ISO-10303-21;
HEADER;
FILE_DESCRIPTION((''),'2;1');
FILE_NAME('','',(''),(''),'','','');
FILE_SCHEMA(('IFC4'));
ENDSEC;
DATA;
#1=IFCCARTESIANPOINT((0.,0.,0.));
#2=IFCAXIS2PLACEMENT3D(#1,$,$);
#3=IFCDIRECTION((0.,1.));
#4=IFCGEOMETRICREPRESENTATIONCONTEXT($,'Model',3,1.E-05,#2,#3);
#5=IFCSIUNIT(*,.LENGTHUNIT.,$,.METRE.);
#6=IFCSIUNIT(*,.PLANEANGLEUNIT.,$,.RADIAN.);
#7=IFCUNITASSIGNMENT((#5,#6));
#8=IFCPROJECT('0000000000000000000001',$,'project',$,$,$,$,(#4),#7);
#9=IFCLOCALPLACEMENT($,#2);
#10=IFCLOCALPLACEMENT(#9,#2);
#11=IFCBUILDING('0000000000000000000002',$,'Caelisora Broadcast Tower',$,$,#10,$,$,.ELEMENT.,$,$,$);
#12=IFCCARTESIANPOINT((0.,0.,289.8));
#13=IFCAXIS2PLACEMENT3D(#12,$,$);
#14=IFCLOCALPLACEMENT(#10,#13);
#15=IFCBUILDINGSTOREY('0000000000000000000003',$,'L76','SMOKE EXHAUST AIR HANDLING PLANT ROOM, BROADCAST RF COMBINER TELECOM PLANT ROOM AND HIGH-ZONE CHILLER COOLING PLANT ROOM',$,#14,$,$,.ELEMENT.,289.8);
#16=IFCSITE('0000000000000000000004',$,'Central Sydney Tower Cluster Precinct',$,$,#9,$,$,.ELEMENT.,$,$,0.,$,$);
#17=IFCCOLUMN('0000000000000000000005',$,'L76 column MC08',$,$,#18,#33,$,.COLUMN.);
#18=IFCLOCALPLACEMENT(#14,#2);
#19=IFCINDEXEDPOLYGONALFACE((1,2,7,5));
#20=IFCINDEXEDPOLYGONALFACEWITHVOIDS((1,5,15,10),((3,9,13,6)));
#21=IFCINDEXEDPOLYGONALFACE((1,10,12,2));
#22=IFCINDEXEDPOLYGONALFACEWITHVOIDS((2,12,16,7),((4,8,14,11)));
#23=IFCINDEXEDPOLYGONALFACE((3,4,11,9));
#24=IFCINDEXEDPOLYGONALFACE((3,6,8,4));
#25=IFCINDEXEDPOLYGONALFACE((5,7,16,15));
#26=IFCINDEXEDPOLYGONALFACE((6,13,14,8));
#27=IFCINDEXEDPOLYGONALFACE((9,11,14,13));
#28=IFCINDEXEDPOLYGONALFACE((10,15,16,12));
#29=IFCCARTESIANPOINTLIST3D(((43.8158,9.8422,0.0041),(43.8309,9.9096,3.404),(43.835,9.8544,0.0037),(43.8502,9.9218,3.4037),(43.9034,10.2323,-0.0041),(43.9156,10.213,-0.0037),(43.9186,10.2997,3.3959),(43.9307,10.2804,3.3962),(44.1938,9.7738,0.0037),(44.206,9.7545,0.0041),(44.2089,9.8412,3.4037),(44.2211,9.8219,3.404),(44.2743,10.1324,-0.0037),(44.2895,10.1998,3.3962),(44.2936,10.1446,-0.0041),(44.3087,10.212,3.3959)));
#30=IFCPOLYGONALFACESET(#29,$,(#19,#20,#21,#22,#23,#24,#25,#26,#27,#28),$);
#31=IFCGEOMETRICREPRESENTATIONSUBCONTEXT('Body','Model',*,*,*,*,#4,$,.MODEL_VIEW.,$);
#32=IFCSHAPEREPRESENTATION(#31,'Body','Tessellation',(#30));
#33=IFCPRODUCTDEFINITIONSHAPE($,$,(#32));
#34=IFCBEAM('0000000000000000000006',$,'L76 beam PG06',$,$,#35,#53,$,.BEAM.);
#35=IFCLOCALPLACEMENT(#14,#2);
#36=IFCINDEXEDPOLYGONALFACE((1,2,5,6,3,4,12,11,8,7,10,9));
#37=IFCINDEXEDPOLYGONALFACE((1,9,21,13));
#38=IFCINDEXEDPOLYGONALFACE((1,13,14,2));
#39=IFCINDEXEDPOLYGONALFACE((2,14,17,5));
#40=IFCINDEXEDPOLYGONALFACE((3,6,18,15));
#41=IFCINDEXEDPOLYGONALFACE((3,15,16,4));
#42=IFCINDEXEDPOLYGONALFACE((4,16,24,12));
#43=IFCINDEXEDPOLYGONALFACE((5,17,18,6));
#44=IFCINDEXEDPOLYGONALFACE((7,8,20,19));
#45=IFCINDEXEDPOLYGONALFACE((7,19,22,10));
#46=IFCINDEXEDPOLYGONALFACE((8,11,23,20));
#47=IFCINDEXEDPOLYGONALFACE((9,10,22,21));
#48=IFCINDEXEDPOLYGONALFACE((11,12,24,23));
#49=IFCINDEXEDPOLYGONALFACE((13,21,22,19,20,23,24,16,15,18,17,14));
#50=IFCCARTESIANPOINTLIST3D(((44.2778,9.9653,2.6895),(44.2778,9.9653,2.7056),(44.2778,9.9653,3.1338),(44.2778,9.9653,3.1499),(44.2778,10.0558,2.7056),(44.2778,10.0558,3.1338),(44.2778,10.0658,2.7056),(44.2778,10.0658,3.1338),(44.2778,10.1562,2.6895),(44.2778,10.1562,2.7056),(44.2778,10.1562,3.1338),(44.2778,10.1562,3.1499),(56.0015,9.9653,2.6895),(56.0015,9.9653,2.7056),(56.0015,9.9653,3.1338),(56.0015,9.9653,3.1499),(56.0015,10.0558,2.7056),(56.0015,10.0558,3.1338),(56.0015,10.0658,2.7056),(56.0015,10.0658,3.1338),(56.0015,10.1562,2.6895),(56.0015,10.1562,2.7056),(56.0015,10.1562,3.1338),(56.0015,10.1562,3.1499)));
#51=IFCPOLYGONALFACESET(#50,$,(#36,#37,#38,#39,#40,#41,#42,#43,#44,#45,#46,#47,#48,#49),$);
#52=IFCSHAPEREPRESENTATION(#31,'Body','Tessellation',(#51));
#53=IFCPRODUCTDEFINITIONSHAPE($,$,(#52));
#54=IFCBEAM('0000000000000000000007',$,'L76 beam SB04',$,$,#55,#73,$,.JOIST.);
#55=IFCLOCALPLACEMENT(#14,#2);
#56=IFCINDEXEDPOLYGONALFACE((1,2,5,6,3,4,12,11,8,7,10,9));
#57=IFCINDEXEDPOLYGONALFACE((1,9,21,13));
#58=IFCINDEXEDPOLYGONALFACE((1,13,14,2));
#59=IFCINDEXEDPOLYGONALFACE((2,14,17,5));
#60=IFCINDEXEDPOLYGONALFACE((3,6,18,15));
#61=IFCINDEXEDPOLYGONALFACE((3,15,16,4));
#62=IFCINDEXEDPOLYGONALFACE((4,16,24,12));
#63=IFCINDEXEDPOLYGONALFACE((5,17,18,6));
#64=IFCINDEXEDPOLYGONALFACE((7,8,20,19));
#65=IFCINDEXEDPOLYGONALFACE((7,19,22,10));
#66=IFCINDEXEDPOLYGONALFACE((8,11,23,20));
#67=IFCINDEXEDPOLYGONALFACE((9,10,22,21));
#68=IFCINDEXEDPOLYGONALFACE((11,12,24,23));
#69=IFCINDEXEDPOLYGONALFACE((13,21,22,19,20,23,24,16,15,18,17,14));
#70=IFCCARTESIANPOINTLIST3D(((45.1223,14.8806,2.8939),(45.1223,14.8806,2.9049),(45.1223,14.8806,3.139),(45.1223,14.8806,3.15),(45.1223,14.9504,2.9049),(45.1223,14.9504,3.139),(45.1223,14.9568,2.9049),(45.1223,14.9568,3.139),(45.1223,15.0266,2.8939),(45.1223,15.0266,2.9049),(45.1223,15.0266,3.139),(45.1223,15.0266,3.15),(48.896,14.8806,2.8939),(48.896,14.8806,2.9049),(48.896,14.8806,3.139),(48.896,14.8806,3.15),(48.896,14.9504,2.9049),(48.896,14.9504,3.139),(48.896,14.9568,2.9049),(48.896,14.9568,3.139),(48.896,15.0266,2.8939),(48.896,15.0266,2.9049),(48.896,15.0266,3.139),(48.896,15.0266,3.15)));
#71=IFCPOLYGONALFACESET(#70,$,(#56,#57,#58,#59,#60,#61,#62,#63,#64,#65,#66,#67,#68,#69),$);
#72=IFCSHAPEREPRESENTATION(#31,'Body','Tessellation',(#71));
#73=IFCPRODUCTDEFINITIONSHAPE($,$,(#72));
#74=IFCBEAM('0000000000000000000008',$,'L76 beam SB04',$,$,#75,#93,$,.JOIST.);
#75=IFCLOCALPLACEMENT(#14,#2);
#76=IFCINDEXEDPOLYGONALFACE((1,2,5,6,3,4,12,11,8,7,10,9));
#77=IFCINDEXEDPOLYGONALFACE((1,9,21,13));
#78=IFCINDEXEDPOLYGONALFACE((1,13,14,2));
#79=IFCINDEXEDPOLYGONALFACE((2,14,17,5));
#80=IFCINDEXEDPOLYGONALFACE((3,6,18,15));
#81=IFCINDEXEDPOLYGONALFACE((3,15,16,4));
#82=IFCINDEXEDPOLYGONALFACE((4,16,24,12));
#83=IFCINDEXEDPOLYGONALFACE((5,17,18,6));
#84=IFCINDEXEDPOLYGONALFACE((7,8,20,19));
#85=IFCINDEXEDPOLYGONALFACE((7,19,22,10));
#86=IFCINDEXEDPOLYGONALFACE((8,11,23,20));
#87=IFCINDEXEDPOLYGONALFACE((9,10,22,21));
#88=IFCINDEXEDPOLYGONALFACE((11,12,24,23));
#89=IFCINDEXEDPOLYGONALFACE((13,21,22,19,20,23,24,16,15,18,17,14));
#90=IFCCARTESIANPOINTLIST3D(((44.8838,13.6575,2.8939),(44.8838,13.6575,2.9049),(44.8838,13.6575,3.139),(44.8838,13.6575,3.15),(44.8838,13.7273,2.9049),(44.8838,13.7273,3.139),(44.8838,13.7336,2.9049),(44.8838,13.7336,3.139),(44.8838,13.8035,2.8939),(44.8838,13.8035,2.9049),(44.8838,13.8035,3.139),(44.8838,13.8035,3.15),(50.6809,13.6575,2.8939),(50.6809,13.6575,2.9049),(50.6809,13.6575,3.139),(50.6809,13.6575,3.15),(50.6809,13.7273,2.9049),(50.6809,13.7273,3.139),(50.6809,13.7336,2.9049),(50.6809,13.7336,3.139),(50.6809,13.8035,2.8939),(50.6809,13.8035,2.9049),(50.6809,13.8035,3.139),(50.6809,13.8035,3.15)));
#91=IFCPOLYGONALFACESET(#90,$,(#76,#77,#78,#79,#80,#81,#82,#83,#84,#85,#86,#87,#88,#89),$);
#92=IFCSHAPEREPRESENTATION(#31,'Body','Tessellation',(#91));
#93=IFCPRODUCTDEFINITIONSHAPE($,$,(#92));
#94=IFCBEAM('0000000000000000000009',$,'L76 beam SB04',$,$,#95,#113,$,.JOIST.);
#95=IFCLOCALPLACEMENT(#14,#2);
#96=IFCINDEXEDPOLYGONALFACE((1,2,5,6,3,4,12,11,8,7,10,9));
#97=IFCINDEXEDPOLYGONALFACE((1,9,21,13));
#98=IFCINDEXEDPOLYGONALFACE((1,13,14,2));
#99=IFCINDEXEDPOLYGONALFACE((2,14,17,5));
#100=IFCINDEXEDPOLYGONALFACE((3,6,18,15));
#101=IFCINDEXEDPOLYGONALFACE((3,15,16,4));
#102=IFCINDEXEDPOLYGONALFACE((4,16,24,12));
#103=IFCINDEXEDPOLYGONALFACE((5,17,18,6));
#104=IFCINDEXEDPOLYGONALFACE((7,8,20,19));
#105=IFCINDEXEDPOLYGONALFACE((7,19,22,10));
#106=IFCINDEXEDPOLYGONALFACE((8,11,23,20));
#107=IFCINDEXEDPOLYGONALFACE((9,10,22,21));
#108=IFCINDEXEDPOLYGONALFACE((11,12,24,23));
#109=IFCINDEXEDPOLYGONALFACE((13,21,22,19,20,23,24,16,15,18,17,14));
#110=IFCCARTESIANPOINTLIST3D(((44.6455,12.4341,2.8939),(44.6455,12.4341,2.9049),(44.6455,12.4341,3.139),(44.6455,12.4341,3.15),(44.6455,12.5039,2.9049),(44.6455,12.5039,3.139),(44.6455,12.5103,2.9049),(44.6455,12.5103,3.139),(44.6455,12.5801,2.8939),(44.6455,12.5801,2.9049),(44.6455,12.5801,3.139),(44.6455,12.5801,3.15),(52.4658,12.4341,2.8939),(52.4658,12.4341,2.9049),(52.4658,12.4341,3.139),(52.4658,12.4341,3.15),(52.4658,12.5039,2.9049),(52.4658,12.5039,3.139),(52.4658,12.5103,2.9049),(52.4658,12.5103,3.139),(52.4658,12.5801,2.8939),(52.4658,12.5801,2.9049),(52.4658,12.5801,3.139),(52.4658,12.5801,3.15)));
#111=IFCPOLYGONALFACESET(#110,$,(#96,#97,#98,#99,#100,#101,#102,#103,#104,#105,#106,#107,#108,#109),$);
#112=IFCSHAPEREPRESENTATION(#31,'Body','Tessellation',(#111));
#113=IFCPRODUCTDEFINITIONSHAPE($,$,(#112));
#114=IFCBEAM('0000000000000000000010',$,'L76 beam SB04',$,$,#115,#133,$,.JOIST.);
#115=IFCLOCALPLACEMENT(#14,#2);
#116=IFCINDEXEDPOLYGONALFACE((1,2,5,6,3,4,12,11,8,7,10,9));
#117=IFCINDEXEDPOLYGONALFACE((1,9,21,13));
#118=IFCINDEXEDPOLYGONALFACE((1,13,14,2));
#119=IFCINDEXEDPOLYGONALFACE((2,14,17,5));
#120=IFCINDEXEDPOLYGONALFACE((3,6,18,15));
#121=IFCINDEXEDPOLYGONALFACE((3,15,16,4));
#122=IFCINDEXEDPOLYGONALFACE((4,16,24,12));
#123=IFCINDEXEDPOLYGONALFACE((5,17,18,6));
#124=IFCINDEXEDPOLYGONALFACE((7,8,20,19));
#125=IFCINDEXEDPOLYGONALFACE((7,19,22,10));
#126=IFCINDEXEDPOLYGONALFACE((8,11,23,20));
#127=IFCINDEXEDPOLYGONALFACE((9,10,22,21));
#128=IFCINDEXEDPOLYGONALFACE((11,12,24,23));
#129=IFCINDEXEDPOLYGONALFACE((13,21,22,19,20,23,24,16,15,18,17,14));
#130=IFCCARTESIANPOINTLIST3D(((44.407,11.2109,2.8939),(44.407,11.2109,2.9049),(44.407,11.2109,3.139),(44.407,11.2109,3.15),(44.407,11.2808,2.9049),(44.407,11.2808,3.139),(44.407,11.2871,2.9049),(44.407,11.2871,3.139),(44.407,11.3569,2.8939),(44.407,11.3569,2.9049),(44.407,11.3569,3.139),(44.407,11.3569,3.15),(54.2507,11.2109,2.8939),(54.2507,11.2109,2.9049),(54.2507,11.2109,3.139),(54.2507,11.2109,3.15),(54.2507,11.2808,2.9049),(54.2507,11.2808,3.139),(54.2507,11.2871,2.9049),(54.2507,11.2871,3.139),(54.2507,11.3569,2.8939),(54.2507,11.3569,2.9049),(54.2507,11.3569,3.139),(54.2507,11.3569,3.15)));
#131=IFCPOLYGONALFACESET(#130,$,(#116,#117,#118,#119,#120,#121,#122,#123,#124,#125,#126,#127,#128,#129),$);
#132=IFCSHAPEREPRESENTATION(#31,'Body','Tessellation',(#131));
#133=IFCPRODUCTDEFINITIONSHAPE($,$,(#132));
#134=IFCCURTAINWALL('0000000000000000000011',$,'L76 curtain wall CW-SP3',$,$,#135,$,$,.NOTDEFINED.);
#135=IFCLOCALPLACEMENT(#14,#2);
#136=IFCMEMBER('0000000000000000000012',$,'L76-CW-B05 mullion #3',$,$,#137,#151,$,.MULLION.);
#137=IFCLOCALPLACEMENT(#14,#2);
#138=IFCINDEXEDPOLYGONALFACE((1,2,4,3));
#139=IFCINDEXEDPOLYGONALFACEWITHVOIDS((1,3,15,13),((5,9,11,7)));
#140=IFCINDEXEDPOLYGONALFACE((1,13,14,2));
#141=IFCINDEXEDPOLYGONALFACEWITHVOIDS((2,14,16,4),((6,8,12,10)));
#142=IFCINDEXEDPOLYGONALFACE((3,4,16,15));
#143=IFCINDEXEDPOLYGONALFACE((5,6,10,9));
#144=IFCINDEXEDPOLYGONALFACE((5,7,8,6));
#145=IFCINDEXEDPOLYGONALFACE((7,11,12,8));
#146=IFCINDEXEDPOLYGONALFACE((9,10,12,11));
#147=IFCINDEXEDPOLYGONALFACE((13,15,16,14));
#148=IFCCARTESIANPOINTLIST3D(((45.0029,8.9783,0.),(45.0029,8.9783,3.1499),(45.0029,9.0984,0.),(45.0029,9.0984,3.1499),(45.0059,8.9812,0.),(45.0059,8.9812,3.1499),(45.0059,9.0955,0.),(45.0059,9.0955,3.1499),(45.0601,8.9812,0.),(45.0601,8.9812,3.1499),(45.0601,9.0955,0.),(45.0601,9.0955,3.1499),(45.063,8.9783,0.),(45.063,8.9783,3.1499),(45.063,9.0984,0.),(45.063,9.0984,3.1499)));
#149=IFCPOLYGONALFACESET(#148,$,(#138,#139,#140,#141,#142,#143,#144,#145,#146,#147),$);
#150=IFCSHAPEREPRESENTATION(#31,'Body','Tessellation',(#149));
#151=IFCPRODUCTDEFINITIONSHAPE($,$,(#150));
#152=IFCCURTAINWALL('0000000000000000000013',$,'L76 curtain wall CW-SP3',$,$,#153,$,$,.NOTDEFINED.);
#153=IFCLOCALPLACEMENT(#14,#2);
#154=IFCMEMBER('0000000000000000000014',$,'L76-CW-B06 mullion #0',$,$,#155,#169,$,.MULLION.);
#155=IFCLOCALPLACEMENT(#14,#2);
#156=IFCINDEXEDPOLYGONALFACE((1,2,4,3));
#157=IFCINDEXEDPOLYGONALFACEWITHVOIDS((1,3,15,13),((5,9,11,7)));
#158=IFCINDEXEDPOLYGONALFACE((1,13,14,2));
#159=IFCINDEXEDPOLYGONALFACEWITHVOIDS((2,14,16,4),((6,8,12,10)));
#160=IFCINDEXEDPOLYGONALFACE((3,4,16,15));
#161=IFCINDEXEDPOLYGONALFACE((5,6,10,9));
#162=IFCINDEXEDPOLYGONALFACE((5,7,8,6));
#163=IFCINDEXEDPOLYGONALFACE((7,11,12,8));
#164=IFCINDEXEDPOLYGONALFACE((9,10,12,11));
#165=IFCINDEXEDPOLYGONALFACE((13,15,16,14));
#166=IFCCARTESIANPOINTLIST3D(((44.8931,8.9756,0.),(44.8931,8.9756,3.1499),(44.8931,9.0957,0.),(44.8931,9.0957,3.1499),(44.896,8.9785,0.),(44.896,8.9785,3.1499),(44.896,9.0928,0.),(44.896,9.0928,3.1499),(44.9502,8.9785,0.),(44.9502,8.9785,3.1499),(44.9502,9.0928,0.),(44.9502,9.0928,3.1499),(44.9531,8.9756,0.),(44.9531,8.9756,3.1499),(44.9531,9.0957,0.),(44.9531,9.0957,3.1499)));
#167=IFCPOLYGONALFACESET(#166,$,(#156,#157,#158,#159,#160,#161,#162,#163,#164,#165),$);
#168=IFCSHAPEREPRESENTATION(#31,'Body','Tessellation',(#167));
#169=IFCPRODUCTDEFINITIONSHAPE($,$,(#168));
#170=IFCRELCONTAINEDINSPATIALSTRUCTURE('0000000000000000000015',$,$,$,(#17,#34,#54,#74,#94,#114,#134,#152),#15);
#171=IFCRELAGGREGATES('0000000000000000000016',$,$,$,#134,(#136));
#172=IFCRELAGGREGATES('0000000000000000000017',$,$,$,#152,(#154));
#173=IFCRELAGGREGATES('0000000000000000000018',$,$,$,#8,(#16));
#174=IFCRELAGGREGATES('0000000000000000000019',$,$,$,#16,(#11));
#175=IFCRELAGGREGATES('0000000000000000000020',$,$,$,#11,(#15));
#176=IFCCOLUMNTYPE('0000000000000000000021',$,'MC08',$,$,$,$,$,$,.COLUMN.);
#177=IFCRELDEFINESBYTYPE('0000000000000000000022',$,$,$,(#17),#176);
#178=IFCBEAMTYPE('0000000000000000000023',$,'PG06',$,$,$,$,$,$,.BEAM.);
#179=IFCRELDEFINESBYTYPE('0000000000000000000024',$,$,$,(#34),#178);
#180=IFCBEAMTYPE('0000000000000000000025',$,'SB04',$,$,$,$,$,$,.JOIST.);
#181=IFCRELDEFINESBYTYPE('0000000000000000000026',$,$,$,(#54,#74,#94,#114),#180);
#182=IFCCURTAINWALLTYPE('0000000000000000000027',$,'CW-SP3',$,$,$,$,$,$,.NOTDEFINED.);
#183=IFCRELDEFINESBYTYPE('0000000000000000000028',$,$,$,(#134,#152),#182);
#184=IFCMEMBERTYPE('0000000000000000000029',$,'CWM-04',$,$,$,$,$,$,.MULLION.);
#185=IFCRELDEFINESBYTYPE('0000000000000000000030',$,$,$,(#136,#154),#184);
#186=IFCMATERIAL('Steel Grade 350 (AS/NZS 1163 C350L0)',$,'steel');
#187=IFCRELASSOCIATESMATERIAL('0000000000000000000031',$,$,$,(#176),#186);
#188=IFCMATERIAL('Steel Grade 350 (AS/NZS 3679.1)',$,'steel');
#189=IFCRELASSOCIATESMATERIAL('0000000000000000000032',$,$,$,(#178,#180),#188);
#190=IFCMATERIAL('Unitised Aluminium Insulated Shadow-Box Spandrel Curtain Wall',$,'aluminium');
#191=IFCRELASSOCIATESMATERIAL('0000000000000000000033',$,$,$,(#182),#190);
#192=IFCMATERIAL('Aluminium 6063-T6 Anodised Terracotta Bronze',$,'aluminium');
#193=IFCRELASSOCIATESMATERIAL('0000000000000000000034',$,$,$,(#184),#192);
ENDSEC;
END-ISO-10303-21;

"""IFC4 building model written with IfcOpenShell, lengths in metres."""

from ifc_helpers import new_model, si_unit, direction, frame, origin, origin_2d, place, context, subcontext, project, spatial, hollow_rectangle, i_section, extrude, source, transform, mapped, material, material_profile, profile_set, type_object, type_shapes, element, aggregate, save


model = new_model("IFC4")

# Units and contexts
model_context = context("Model", 3, precision=1e-05, world=origin(), true_north=direction((0.0, 1.0)))
body_context = subcontext(model_context, "Body", "Model", "MODEL_VIEW")
ifc_project = project(units=[si_unit("LENGTHUNIT", "METRE"), si_unit("PLANEANGLEUNIT", "RADIAN")], contexts=[model_context])

# Site, building, storey
site_placement = place(None, origin())
site = spatial("IfcSite", under=ifc_project, at=site_placement, Name="Central Sydney Tower Cluster Precinct", CompositionType="ELEMENT", RefElevation=0.0)
building_placement = place(site_placement, origin())
building = spatial("IfcBuilding", under=site, at=building_placement, Name="Caelisora Broadcast Tower", CompositionType="ELEMENT")
storey_placement = place(building_placement, frame((0.0, 0.0, 289.8)))
storey = spatial("IfcBuildingStorey", under=building, at=storey_placement, Name="L76", Description="SMOKE EXHAUST AIR HANDLING PLANT ROOM, BROADCAST RF COMBINER TELECOM PLANT ROOM AND HIGH-ZONE CHILLER COOLING PLANT ROOM", CompositionType="ELEMENT", Elevation=289.8)

# Column
ifc_material_1 = material(Name="Steel Grade 350 (AS/NZS 1163 C350L0)", Category="steel")
ifc_material_profile_1 = material_profile(ifc_material_1, hollow_rectangle(XDim=0.3999, YDim=0.3999, WallThickness=0.0161, at=origin_2d()), Name="Steel Grade 350 (AS/NZS 1163 C350L0)")
ifc_profile_set_1 = profile_set([ifc_material_profile_1], Name="Steel Grade 350 (AS/NZS 1163 C350L0)")
column_type = type_object("IfcColumnType", Name="MC08", PredefinedType="COLUMN", material=ifc_profile_set_1)
shared_shape_1 = source(origin(), body_context, "Body", "SweptSolid", [
    extrude(hollow_rectangle(XDim=0.3999, YDim=0.3999, WallThickness=0.0161, at=origin_2d()), origin(), (0.0, 0.0, 1.0), 3.4006),
])
type_shapes(column_type, [shared_shape_1])
column_placement = place(storey_placement, frame((44.0547, 9.9934, 0.0), z_axis=(0.004451, 0.019815, 0.999794), x_axis=(-0.975685, 0.219176, 0.0)))
element("IfcColumn", 1, at=column_placement, inside=storey, type_object=column_type, Name="L76 column MC08", PredefinedType="COLUMN", context=body_context, shape_type="MappedRepresentation", body=[
    mapped(shared_shape_1, transform((0.0, 0.0, 0.0), scale=1.0)),
])

# Beams
ifc_material_2 = material(Name="Steel Grade 350 (AS/NZS 3679.1)", Category="steel")
ifc_material_profile_2 = material_profile(ifc_material_2, i_section(OverallWidth=0.1909, OverallDepth=0.4604, WebThickness=0.01, FlangeThickness=0.0161, at=origin_2d()), Name="Steel Grade 350 (AS/NZS 3679.1)")
ifc_profile_set_2 = profile_set([ifc_material_profile_2], Name="Steel Grade 350 (AS/NZS 3679.1)")
beam_type_1 = type_object("IfcBeamType", Name="PG06", PredefinedType="BEAM", material=ifc_profile_set_2)
shared_shape_2 = source(origin(), body_context, "Body", "SweptSolid", [
    extrude(i_section(OverallWidth=0.1909, OverallDepth=0.4604, WebThickness=0.01, FlangeThickness=0.0161, at=origin_2d()), origin(), (0.0, 0.0, 1.0), 11.7236),
])
type_shapes(beam_type_1, [shared_shape_2])
beam_1_placement = place(storey_placement, frame((44.2778, 10.0608, 2.9197), z_axis=(1.0, 0.0, 0.0), x_axis=(0.0, 1.0, 0.0)))
element("IfcBeam", 2, at=beam_1_placement, inside=storey, type_object=beam_type_1, Name="L76 beam PG06", PredefinedType="BEAM", context=body_context, shape_type="MappedRepresentation", body=[
    mapped(shared_shape_2, transform((0.0, 0.0, 0.0), scale=1.0)),
])
ifc_material_profile_3 = material_profile(ifc_material_2, i_section(OverallWidth=0.146, OverallDepth=0.2561, WebThickness=0.0063, FlangeThickness=0.011, at=origin_2d()), Name="Steel Grade 350 (AS/NZS 3679.1)")
ifc_profile_set_3 = profile_set([ifc_material_profile_3], Name="Steel Grade 350 (AS/NZS 3679.1)")
beam_type_2 = type_object("IfcBeamType", Name="SB04", PredefinedType="JOIST", material=ifc_profile_set_3)
shared_shape_3 = source(origin(), body_context, "Body", "SweptSolid", [
    extrude(i_section(OverallWidth=0.146, OverallDepth=0.2561, WebThickness=0.0063, FlangeThickness=0.011, at=origin_2d()), origin(), (0.0, 0.0, 1.0), 3.7737),
])
beam_2_placement = place(storey_placement, frame((45.1223, 14.9536, 3.022), z_axis=(1.0, 0.0, 0.0), x_axis=(0.0, 1.0, 0.0)))
element("IfcBeam", 3, at=beam_2_placement, inside=storey, type_object=beam_type_2, Name="L76 beam SB04", PredefinedType="JOIST", context=body_context, shape_type="MappedRepresentation", body=[
    mapped(shared_shape_3, transform((0.0, 0.0, 0.0), scale=1.0)),
])
shared_shape_4 = source(origin(), body_context, "Body", "SweptSolid", [
    extrude(i_section(OverallWidth=0.146, OverallDepth=0.2561, WebThickness=0.0063, FlangeThickness=0.011, at=origin_2d()), origin(), (0.0, 0.0, 1.0), 5.7971),
])
beam_3_placement = place(storey_placement, frame((44.8838, 13.7305, 3.022), z_axis=(1.0, 0.0, 0.0), x_axis=(0.0, 1.0, 0.0)))
element("IfcBeam", 4, at=beam_3_placement, inside=storey, type_object=beam_type_2, Name="L76 beam SB04", PredefinedType="JOIST", context=body_context, shape_type="MappedRepresentation", body=[
    mapped(shared_shape_4, transform((0.0, 0.0, 0.0), scale=1.0)),
])
shared_shape_5 = source(origin(), body_context, "Body", "SweptSolid", [
    extrude(i_section(OverallWidth=0.146, OverallDepth=0.2561, WebThickness=0.0063, FlangeThickness=0.011, at=origin_2d()), origin(), (0.0, 0.0, 1.0), 7.8203),
])
beam_4_placement = place(storey_placement, frame((44.6455, 12.5071, 3.022), z_axis=(1.0, 0.0, 0.0), x_axis=(0.0, 1.0, 0.0)))
element("IfcBeam", 5, at=beam_4_placement, inside=storey, type_object=beam_type_2, Name="L76 beam SB04", PredefinedType="JOIST", context=body_context, shape_type="MappedRepresentation", body=[
    mapped(shared_shape_5, transform((0.0, 0.0, 0.0), scale=1.0)),
])
shared_shape_6 = source(origin(), body_context, "Body", "SweptSolid", [
    extrude(i_section(OverallWidth=0.146, OverallDepth=0.2561, WebThickness=0.0063, FlangeThickness=0.011, at=origin_2d()), origin(), (0.0, 0.0, 1.0), 9.8438),
])
type_shapes(beam_type_2, [shared_shape_3, shared_shape_4, shared_shape_5, shared_shape_6])
beam_5_placement = place(storey_placement, frame((44.407, 11.2839, 3.022), z_axis=(1.0, 0.0, 0.0), x_axis=(0.0, 1.0, 0.0)))
element("IfcBeam", 6, at=beam_5_placement, inside=storey, type_object=beam_type_2, Name="L76 beam SB04", PredefinedType="JOIST", context=body_context, shape_type="MappedRepresentation", body=[
    mapped(shared_shape_6, transform((0.0, 0.0, 0.0), scale=1.0)),
])

# Curtain wall, member
ifc_material_3 = material(Name="Unitised Aluminium Insulated Shadow-Box Spandrel Curtain Wall", Category="aluminium")
curtain_wall_type = type_object("IfcCurtainWallType", Name="CW-SP3", PredefinedType="NOTDEFINED", material=ifc_material_3)
curtain_wall_1_placement = place(storey_placement, origin())
curtain_wall_1 = element("IfcCurtainWall", 7, at=curtain_wall_1_placement, inside=storey, type_object=curtain_wall_type, Name="L76 curtain wall CW-SP3", PredefinedType="NOTDEFINED")
ifc_material_4 = material(Name="Aluminium 6063-T6 Anodised Terracotta Bronze", Category="aluminium")
ifc_material_profile_4 = material_profile(ifc_material_4, hollow_rectangle(XDim=0.0601, YDim=0.1201, WallThickness=0.0029, at=origin_2d()), Name="Aluminium 6063-T6 Anodised Terracotta Bronze")
ifc_profile_set_4 = profile_set([ifc_material_profile_4], Name="Aluminium 6063-T6 Anodised Terracotta Bronze")
member_type_1 = type_object("IfcMemberType", Name="CWM-04", PredefinedType="MULLION", material=ifc_profile_set_4)
shared_shape_7 = source(origin(), body_context, "Body", "SweptSolid", [
    extrude(hollow_rectangle(XDim=0.0601, YDim=0.1201, WallThickness=0.0029, at=origin_2d()), origin(), (0.0, 0.0, 1.0), 3.1499),
])
type_shapes(member_type_1, [shared_shape_7])
member_1_placement = place(storey_placement, frame((45.033, 9.0383, 0.0), z_axis=(0.0, 0.0, 1.0), x_axis=(1.0, 0.0, 0.0)))
member_1 = element("IfcMember", 8, at=member_1_placement, type_object=member_type_1, Name="L76-CW-B05 mullion #3", PredefinedType="MULLION", context=body_context, shape_type="MappedRepresentation", body=[
    mapped(shared_shape_7, transform((0.0, 0.0, 0.0), scale=1.0)),
])

# Curtain wall, member
curtain_wall_2_placement = place(storey_placement, origin())
curtain_wall_2 = element("IfcCurtainWall", 9, at=curtain_wall_2_placement, inside=storey, type_object=curtain_wall_type, Name="L76 curtain wall CW-SP3", PredefinedType="NOTDEFINED")
member_2_placement = place(storey_placement, frame((44.9231, 9.0356, 0.0), z_axis=(0.0, 0.0, 1.0), x_axis=(1.0, 0.0, 0.0)))
member_2 = element("IfcMember", 10, at=member_2_placement, type_object=member_type_1, Name="L76-CW-B06 mullion #0", PredefinedType="MULLION", context=body_context, shape_type="MappedRepresentation", body=[
    mapped(shared_shape_7, transform((0.0, 0.0, 0.0), scale=1.0)),
])

aggregate(curtain_wall_1, [member_1])
aggregate(curtain_wall_2, [member_2])

save(model, "model.ifc")
